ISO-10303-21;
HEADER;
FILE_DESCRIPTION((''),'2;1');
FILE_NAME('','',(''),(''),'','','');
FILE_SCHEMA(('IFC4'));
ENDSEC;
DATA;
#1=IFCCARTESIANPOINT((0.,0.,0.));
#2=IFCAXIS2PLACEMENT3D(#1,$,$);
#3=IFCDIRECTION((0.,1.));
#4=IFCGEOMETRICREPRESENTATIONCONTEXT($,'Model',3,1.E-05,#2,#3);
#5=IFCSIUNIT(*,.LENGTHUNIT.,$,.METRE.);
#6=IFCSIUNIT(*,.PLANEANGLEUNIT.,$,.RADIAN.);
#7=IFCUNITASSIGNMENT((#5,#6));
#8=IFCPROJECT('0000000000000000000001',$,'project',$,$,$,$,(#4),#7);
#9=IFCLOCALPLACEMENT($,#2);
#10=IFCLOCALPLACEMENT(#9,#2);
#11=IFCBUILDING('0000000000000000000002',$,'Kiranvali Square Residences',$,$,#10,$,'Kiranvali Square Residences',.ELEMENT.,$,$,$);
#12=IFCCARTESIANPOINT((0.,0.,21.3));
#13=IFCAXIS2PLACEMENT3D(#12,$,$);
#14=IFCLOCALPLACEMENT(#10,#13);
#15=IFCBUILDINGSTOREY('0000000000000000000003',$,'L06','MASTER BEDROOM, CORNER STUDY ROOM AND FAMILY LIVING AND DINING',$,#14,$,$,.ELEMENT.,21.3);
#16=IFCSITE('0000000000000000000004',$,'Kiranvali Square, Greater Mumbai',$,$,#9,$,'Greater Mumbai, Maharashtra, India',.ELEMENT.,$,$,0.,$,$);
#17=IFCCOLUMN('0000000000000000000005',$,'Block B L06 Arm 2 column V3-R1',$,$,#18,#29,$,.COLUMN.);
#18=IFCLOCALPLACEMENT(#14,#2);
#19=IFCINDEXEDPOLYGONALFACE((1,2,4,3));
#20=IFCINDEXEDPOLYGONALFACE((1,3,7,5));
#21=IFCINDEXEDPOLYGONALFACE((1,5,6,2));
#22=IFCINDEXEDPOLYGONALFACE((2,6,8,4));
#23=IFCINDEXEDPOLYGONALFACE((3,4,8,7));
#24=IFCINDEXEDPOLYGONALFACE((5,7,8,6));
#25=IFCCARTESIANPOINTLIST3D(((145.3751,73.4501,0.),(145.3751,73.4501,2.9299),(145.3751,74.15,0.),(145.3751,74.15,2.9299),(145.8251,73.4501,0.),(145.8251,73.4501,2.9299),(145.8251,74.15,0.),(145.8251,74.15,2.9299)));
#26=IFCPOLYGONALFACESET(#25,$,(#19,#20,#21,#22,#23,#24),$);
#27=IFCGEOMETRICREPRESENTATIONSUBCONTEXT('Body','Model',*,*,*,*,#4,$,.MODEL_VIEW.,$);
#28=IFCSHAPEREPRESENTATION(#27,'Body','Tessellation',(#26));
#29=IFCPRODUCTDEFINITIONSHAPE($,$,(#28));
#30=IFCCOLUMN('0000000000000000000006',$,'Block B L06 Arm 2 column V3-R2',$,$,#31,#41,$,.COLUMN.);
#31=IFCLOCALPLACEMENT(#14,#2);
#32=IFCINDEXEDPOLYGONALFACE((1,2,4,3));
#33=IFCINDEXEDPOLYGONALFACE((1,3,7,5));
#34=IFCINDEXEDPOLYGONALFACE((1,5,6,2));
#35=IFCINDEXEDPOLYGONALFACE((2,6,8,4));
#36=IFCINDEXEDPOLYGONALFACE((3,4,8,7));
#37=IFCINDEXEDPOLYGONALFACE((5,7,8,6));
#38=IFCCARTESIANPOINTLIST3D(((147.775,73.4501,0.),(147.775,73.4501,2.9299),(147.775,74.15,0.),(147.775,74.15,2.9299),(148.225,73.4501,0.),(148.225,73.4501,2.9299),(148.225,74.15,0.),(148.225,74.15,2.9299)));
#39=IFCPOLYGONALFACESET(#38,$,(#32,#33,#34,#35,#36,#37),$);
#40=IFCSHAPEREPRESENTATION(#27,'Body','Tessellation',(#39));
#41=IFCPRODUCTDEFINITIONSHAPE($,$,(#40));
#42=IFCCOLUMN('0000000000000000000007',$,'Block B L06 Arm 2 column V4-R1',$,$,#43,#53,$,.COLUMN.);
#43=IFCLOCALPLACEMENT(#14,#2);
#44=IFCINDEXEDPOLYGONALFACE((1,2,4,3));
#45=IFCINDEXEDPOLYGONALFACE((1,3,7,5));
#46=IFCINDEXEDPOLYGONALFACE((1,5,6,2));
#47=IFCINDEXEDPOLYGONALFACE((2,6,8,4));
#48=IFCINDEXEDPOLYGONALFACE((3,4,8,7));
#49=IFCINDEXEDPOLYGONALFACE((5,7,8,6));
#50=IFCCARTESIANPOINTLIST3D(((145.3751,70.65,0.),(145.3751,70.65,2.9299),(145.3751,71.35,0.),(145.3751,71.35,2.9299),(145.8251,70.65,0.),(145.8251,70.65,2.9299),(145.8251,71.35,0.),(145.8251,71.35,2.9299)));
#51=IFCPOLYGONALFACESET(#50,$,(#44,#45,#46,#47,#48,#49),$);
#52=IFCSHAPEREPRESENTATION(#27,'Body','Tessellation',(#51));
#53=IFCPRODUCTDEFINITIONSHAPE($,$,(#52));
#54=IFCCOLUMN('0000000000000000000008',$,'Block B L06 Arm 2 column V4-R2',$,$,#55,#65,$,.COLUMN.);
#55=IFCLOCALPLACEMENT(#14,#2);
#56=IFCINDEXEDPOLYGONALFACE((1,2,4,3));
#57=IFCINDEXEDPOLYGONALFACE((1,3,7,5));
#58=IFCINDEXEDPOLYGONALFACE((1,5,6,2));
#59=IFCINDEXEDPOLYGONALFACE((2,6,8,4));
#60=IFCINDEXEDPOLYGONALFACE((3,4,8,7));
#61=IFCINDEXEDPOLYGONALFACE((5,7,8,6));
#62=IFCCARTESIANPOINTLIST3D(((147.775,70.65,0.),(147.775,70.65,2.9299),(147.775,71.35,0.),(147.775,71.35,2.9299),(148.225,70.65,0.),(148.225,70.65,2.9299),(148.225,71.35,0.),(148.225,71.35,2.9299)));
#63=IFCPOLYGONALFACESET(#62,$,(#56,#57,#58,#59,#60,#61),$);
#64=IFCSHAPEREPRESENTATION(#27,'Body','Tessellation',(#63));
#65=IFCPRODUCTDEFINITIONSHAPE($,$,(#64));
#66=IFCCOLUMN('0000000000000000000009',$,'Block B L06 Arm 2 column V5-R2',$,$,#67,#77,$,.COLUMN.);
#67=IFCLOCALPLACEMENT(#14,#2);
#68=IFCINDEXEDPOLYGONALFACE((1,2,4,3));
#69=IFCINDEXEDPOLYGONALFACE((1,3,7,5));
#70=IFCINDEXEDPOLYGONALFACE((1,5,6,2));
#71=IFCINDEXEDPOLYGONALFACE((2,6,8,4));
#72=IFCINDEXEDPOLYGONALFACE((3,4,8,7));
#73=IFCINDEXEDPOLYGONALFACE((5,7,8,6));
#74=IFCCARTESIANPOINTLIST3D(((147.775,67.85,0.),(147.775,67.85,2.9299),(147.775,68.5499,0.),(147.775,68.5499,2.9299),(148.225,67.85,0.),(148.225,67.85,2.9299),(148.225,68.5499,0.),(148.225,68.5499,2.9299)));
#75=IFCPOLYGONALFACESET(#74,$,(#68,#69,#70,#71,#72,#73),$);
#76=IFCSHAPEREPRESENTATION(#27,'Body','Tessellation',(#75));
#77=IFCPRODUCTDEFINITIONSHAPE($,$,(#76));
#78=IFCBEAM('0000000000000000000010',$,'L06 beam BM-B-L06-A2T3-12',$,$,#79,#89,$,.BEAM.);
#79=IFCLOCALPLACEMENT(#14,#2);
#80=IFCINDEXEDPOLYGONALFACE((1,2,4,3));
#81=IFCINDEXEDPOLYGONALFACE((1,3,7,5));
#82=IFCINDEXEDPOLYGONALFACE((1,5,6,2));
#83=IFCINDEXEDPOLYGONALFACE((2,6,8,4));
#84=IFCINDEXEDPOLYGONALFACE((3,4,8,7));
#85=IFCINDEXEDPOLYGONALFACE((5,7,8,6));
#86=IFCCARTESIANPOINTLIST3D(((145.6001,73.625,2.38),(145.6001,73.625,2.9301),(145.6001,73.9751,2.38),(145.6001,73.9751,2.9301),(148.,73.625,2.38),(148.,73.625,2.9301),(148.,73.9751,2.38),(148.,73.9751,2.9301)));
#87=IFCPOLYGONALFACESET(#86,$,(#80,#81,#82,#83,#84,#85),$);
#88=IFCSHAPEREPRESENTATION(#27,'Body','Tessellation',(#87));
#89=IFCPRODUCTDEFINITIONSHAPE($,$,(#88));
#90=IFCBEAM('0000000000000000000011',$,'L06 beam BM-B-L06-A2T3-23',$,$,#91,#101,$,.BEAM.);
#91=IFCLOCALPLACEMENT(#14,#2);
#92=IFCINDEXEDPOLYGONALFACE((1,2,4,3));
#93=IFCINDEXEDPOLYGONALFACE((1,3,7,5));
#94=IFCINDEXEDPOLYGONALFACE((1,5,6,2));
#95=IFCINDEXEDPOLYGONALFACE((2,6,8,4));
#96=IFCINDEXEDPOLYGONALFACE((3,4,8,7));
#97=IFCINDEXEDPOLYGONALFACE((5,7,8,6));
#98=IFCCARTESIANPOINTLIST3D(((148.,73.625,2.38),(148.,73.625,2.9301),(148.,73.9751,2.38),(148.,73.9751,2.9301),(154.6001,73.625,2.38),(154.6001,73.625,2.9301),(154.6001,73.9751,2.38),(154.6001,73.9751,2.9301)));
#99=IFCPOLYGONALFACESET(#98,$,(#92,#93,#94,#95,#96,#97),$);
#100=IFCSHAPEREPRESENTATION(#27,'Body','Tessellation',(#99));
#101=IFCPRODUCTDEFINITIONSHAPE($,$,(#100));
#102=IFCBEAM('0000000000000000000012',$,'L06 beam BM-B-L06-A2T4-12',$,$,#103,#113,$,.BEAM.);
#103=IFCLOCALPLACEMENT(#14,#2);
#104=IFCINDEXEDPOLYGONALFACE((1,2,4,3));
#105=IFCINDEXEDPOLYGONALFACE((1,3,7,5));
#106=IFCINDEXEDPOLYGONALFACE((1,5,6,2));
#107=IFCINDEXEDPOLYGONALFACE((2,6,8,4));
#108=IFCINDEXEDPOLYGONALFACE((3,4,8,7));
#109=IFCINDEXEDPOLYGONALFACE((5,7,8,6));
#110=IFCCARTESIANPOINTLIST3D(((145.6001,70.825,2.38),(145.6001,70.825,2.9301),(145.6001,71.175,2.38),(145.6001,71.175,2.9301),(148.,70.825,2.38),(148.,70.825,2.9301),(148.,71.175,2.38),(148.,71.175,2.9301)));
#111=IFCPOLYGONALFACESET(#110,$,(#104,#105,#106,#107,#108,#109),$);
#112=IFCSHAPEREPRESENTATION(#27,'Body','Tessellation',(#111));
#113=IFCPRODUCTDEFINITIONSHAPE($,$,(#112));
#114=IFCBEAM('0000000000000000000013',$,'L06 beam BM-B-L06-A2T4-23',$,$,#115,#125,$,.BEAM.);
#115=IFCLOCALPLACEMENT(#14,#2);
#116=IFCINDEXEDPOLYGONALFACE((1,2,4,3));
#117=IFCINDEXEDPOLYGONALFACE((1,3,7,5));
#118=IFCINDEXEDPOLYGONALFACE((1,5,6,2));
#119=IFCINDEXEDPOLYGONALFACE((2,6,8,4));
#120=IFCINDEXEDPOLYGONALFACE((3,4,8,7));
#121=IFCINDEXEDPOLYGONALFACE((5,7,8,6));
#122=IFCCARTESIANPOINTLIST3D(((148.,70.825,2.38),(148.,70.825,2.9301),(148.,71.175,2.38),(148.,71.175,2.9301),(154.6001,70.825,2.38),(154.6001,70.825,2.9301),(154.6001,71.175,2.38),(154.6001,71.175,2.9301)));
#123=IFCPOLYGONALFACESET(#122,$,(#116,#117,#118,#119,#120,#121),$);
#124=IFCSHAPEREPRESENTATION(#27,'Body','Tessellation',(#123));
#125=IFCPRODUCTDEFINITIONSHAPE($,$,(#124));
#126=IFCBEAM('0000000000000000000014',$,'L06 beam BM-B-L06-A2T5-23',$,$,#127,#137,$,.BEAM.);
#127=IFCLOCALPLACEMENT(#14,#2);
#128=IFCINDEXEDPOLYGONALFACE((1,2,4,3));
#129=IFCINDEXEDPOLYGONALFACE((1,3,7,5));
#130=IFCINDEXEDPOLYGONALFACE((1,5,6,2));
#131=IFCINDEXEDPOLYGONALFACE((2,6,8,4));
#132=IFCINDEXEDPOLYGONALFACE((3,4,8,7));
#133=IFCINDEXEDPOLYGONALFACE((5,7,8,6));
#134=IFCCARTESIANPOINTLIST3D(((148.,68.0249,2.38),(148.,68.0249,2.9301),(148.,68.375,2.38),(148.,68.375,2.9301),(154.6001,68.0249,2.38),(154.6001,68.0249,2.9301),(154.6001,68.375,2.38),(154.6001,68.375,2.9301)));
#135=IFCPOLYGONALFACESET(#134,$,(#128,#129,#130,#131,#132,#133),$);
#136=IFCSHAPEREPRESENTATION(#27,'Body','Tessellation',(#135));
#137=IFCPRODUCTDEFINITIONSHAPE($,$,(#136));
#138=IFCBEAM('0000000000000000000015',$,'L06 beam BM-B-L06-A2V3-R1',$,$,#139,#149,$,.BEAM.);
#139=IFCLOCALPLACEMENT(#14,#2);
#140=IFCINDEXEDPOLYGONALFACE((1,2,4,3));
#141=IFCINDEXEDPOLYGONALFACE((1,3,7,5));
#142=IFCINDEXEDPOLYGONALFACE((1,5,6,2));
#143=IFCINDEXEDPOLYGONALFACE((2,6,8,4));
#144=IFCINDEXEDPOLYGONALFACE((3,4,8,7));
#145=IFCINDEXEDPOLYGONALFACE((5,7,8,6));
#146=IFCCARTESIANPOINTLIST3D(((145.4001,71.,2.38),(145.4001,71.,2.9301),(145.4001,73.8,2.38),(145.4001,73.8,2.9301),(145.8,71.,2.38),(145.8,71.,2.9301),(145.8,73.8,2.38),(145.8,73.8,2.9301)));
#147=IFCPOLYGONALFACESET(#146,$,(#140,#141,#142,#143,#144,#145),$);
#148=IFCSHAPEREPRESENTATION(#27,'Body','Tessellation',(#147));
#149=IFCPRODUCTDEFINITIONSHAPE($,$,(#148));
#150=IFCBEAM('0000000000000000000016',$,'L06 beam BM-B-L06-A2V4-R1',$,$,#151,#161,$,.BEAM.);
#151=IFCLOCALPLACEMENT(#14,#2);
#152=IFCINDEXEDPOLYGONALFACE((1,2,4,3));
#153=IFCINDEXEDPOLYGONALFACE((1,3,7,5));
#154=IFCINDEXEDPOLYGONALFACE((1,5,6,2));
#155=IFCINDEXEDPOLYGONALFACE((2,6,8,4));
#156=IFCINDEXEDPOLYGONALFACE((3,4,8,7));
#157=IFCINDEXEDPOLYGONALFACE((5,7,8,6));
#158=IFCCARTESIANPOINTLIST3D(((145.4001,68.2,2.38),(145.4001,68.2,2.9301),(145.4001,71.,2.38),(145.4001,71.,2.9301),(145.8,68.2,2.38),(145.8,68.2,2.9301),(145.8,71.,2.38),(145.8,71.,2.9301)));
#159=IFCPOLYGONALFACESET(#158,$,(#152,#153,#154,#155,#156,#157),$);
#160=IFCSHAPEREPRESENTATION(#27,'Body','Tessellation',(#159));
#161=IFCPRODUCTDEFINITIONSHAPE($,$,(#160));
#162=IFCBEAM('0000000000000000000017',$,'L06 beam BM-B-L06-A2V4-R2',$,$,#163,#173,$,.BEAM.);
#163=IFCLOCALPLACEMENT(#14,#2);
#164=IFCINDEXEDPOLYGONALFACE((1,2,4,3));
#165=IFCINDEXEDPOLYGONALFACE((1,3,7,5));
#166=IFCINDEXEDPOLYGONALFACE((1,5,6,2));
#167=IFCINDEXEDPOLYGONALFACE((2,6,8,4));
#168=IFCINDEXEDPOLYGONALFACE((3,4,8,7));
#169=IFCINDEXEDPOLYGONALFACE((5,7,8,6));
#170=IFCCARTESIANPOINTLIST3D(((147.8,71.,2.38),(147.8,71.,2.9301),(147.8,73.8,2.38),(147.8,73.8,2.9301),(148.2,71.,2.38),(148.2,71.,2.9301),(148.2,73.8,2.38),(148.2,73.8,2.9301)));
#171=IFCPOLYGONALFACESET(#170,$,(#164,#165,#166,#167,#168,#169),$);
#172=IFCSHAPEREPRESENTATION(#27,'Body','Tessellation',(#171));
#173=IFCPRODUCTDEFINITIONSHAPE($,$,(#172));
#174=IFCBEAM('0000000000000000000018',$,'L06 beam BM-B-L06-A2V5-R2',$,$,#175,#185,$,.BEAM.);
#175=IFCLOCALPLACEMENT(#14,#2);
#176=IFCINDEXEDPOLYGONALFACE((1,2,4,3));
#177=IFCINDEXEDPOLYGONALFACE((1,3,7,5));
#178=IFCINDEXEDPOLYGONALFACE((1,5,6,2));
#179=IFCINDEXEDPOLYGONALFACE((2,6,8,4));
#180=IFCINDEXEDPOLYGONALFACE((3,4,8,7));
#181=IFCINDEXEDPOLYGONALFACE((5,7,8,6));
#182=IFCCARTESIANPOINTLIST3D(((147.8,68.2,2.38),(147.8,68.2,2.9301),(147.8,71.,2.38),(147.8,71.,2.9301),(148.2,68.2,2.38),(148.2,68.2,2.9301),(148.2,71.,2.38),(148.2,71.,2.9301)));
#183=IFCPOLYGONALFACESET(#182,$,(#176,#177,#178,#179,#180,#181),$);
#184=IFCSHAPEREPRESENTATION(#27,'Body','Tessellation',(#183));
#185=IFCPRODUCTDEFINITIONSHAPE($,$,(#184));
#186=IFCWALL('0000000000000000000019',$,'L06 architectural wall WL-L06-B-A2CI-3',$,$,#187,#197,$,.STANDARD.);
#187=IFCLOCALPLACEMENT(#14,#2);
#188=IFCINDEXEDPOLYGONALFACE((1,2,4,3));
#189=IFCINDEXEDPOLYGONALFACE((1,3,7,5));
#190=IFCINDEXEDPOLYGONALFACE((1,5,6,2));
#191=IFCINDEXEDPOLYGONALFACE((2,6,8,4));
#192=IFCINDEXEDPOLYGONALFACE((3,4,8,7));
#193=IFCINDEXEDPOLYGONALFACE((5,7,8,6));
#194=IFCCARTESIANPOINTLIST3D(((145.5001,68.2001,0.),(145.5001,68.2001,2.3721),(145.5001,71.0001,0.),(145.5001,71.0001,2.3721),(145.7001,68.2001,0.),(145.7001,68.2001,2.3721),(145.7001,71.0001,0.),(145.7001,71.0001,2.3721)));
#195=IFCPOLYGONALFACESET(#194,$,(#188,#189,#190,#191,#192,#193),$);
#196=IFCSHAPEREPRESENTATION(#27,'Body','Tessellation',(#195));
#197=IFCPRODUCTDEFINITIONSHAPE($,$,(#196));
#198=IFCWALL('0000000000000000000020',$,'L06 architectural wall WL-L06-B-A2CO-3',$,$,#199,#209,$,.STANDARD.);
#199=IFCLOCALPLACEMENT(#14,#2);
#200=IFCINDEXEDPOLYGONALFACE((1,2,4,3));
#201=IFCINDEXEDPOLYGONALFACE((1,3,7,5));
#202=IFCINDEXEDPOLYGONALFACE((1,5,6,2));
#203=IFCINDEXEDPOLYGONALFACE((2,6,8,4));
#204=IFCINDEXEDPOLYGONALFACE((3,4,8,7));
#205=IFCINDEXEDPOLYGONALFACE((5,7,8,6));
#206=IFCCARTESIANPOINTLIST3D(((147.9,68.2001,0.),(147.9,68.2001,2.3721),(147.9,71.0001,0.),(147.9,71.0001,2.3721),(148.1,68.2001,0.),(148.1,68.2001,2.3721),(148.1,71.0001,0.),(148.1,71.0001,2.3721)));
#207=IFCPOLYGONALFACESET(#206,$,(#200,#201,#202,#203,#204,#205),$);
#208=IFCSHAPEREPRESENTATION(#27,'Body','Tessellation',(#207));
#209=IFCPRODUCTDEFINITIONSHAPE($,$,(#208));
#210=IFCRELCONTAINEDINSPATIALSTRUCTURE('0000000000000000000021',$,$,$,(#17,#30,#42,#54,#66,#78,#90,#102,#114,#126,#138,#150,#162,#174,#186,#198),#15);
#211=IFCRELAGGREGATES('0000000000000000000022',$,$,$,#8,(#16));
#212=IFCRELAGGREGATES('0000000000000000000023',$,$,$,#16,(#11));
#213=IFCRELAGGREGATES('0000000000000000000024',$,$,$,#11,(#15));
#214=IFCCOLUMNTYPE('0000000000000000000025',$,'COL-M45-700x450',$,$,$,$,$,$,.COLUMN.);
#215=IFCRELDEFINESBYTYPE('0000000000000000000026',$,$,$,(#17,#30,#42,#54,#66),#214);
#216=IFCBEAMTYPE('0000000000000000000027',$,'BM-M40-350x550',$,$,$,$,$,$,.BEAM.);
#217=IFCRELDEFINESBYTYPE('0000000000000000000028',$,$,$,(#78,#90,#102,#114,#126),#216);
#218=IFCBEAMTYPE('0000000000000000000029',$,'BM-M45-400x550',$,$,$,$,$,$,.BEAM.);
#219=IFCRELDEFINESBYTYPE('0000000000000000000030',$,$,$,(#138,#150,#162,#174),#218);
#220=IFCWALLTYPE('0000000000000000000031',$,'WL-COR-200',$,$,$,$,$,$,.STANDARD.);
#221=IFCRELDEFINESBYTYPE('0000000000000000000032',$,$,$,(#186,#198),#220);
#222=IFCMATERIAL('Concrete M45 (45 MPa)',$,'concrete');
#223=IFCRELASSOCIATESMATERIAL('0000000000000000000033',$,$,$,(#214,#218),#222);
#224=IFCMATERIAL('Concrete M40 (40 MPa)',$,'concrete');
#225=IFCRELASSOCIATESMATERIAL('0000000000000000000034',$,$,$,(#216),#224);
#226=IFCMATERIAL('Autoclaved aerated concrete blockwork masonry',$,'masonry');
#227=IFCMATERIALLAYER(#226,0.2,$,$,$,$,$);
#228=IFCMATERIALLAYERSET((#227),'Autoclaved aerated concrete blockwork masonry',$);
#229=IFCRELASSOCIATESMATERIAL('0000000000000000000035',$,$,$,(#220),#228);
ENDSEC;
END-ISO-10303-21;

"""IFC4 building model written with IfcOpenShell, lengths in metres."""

from ifc_helpers import new_model, si_unit, direction, frame, frame_2d, origin, origin_2d, place, context, subcontext, project, spatial, rectangle, extrude, material, layer, layer_set, material_profile, profile_set, type_object, element, save


model = new_model("IFC4")

# Units and contexts
model_context = context("Model", 3, precision=1e-05, world=origin(), true_north=direction((0.0, 1.0)))
body_context = subcontext(model_context, "Body", "Model", "MODEL_VIEW")
ifc_project = project(units=[si_unit("LENGTHUNIT", "METRE"), si_unit("PLANEANGLEUNIT", "RADIAN")], contexts=[model_context])

# Site, building, storey
site_placement = place(None, origin())
site = spatial("IfcSite", under=ifc_project, at=site_placement, Name="Kiranvali Square, Greater Mumbai", LongName="Greater Mumbai, Maharashtra, India", CompositionType="ELEMENT", RefElevation=0.0)
building_placement = place(site_placement, origin())
building = spatial("IfcBuilding", under=site, at=building_placement, Name="Kiranvali Square Residences", LongName="Kiranvali Square Residences", CompositionType="ELEMENT")
storey_placement = place(building_placement, frame((0.0, 0.0, 21.3)))
storey = spatial("IfcBuildingStorey", under=building, at=storey_placement, Name="L06", Description="MASTER BEDROOM, CORNER STUDY ROOM AND FAMILY LIVING AND DINING", CompositionType="ELEMENT", Elevation=21.3)

# Columns
ifc_material_1 = material(Name="Concrete M45 (45 MPa)", Category="concrete")
ifc_material_profile_1 = material_profile(ifc_material_1, rectangle(XDim=0.45, YDim=0.7, at=origin_2d()), Name="RC 700x450")
ifc_profile_set_1 = profile_set([ifc_material_profile_1], Name="Concrete M45 (45 MPa)")
column_type = type_object("IfcColumnType", Name="COL-M45-700x450", PredefinedType="COLUMN", material=ifc_profile_set_1)
for number, where, z_axis, x_axis, name in (
    (1, (145.6001, 73.8, 0.0), (0.0, 0.0, 1.0), (1.0, 0.0, 0.0), "Block B L06 Arm 2 column V3-R1"),
    (2, (148.0, 73.8, 0.0), (0.0, 0.0, 1.0), (1.0, 0.0, 0.0), "Block B L06 Arm 2 column V3-R2"),
    (3, (145.6001, 71.0, 0.0), (0.0, 0.0, 1.0), (1.0, 0.0, 0.0), "Block B L06 Arm 2 column V4-R1"),
    (4, (148.0, 71.0, 0.0), (0.0, 0.0, 1.0), (1.0, 0.0, 0.0), "Block B L06 Arm 2 column V4-R2"),
    (5, (148.0, 68.2, 0.0), (0.0, 0.0, 1.0), (1.0, 0.0, 0.0), "Block B L06 Arm 2 column V5-R2"),
):
    element("IfcColumn", number, at=place(storey_placement, frame(where, z_axis=z_axis, x_axis=x_axis)), inside=storey, type_object=column_type, Name=name, PredefinedType="COLUMN", context=body_context, shape_type="SweptSolid", body=[
        extrude(rectangle(XDim=0.45, YDim=0.7, at=origin_2d()), origin(), (0.0, 0.0, 1.0), 2.9299),
    ])

# Beams
ifc_material_2 = material(Name="Concrete M40 (40 MPa)", Category="concrete")
ifc_material_profile_2 = material_profile(ifc_material_2, rectangle(XDim=0.3501, YDim=0.55, at=origin_2d()), Name="RC 350x550")
ifc_profile_set_2 = profile_set([ifc_material_profile_2], Name="Concrete M40 (40 MPa)")
beam_type_1 = type_object("IfcBeamType", Name="BM-M40-350x550", PredefinedType="BEAM", material=ifc_profile_set_2)
beam_1_placement = place(storey_placement, frame((145.6001, 73.8, 2.655), z_axis=(1.0, 0.0, 0.0), x_axis=(0.0, 1.0, 0.0)))
element("IfcBeam", 6, at=beam_1_placement, inside=storey, type_object=beam_type_1, Name="L06 beam BM-B-L06-A2T3-12", PredefinedType="BEAM", context=body_context, shape_type="SweptSolid", body=[
    extrude(rectangle(XDim=0.3501, YDim=0.55, at=origin_2d()), origin(), (0.0, 0.0, 1.0), 2.3999),
])
beam_2_placement = place(storey_placement, frame((148.0, 73.8, 2.655), z_axis=(1.0, 0.0, 0.0), x_axis=(0.0, 1.0, 0.0)))
element("IfcBeam", 7, at=beam_2_placement, inside=storey, type_object=beam_type_1, Name="L06 beam BM-B-L06-A2T3-23", PredefinedType="BEAM", context=body_context, shape_type="SweptSolid", body=[
    extrude(rectangle(XDim=0.3501, YDim=0.55, at=origin_2d()), origin(), (0.0, 0.0, 1.0), 6.6001),
])
beam_3_placement = place(storey_placement, frame((145.6001, 71.0, 2.655), z_axis=(1.0, 0.0, 0.0), x_axis=(0.0, 1.0, 0.0)))
element("IfcBeam", 8, at=beam_3_placement, inside=storey, type_object=beam_type_1, Name="L06 beam BM-B-L06-A2T4-12", PredefinedType="BEAM", context=body_context, shape_type="SweptSolid", body=[
    extrude(rectangle(XDim=0.3501, YDim=0.55, at=origin_2d()), origin(), (0.0, 0.0, 1.0), 2.3999),
])
for number, where, z_axis, x_axis, name in (
    (9, (148.0, 71.0, 2.655), (1.0, 0.0, 0.0), (0.0, 1.0, 0.0), "L06 beam BM-B-L06-A2T4-23"),
    (10, (148.0, 68.2, 2.655), (1.0, 0.0, 0.0), (0.0, 1.0, 0.0), "L06 beam BM-B-L06-A2T5-23"),
):
    element("IfcBeam", number, at=place(storey_placement, frame(where, z_axis=z_axis, x_axis=x_axis)), inside=storey, type_object=beam_type_1, Name=name, PredefinedType="BEAM", context=body_context, shape_type="SweptSolid", body=[
        extrude(rectangle(XDim=0.3501, YDim=0.55, at=origin_2d()), origin(), (0.0, 0.0, 1.0), 6.6001),
    ])
ifc_material_profile_3 = material_profile(ifc_material_1, rectangle(XDim=0.3999, YDim=0.55, at=origin_2d()), Name="RC 400x550")
ifc_profile_set_3 = profile_set([ifc_material_profile_3], Name="Concrete M45 (45 MPa)")
beam_type_2 = type_object("IfcBeamType", Name="BM-M45-400x550", PredefinedType="BEAM", material=ifc_profile_set_3)
for number, where, z_axis, x_axis, name in (
    (11, (145.6001, 73.8, 2.655), (0.0, -1.0, 0.0), (1.0, 0.0, 0.0), "L06 beam BM-B-L06-A2V3-R1"),
    (12, (145.6001, 71.0, 2.655), (0.0, -1.0, 0.0), (1.0, 0.0, 0.0), "L06 beam BM-B-L06-A2V4-R1"),
    (13, (148.0, 73.8, 2.655), (0.0, -1.0, 0.0), (1.0, 0.0, 0.0), "L06 beam BM-B-L06-A2V4-R2"),
    (14, (148.0, 71.0, 2.655), (0.0, -1.0, 0.0), (1.0, 0.0, 0.0), "L06 beam BM-B-L06-A2V5-R2"),
):
    element("IfcBeam", number, at=place(storey_placement, frame(where, z_axis=z_axis, x_axis=x_axis)), inside=storey, type_object=beam_type_2, Name=name, PredefinedType="BEAM", context=body_context, shape_type="SweptSolid", body=[
        extrude(rectangle(XDim=0.3999, YDim=0.55, at=origin_2d()), origin(), (0.0, 0.0, 1.0), 2.8),
    ])

# Shared definitions
ifc_material_3 = material(Name="Autoclaved aerated concrete blockwork masonry", Category="masonry")
ifc_layer_1 = layer(ifc_material_3, 0.2)
ifc_layer_set_1 = layer_set([ifc_layer_1], Name="Autoclaved aerated concrete blockwork masonry")
wall_type_1 = type_object("IfcWallType", Name="WL-COR-200", PredefinedType="STANDARD", material=ifc_layer_set_1)

# Walls
for number, where, z_axis, x_axis, name in (
    (15, (145.6001, 71.0, 0.0), (0.0, 0.0, 1.0), (0.0, -1.0, 0.0), "L06 architectural wall WL-L06-B-A2CI-3"),
    (16, (148.0, 71.0, 0.0), (0.0, 0.0, 1.0), (0.0, -1.0, 0.0), "L06 architectural wall WL-L06-B-A2CO-3"),
):
    element("IfcWall", number, at=place(storey_placement, frame(where, z_axis=z_axis, x_axis=x_axis)), inside=storey, type_object=wall_type_1, Name=name, PredefinedType="STANDARD", context=body_context, shape_type="SweptSolid", body=[
        extrude(rectangle(XDim=2.8, YDim=0.2, at=frame_2d((1.3999, 0.0))), origin(), (0.0, 0.0, 1.0), 2.3721),
    ])

save(model, "model.ifc")
